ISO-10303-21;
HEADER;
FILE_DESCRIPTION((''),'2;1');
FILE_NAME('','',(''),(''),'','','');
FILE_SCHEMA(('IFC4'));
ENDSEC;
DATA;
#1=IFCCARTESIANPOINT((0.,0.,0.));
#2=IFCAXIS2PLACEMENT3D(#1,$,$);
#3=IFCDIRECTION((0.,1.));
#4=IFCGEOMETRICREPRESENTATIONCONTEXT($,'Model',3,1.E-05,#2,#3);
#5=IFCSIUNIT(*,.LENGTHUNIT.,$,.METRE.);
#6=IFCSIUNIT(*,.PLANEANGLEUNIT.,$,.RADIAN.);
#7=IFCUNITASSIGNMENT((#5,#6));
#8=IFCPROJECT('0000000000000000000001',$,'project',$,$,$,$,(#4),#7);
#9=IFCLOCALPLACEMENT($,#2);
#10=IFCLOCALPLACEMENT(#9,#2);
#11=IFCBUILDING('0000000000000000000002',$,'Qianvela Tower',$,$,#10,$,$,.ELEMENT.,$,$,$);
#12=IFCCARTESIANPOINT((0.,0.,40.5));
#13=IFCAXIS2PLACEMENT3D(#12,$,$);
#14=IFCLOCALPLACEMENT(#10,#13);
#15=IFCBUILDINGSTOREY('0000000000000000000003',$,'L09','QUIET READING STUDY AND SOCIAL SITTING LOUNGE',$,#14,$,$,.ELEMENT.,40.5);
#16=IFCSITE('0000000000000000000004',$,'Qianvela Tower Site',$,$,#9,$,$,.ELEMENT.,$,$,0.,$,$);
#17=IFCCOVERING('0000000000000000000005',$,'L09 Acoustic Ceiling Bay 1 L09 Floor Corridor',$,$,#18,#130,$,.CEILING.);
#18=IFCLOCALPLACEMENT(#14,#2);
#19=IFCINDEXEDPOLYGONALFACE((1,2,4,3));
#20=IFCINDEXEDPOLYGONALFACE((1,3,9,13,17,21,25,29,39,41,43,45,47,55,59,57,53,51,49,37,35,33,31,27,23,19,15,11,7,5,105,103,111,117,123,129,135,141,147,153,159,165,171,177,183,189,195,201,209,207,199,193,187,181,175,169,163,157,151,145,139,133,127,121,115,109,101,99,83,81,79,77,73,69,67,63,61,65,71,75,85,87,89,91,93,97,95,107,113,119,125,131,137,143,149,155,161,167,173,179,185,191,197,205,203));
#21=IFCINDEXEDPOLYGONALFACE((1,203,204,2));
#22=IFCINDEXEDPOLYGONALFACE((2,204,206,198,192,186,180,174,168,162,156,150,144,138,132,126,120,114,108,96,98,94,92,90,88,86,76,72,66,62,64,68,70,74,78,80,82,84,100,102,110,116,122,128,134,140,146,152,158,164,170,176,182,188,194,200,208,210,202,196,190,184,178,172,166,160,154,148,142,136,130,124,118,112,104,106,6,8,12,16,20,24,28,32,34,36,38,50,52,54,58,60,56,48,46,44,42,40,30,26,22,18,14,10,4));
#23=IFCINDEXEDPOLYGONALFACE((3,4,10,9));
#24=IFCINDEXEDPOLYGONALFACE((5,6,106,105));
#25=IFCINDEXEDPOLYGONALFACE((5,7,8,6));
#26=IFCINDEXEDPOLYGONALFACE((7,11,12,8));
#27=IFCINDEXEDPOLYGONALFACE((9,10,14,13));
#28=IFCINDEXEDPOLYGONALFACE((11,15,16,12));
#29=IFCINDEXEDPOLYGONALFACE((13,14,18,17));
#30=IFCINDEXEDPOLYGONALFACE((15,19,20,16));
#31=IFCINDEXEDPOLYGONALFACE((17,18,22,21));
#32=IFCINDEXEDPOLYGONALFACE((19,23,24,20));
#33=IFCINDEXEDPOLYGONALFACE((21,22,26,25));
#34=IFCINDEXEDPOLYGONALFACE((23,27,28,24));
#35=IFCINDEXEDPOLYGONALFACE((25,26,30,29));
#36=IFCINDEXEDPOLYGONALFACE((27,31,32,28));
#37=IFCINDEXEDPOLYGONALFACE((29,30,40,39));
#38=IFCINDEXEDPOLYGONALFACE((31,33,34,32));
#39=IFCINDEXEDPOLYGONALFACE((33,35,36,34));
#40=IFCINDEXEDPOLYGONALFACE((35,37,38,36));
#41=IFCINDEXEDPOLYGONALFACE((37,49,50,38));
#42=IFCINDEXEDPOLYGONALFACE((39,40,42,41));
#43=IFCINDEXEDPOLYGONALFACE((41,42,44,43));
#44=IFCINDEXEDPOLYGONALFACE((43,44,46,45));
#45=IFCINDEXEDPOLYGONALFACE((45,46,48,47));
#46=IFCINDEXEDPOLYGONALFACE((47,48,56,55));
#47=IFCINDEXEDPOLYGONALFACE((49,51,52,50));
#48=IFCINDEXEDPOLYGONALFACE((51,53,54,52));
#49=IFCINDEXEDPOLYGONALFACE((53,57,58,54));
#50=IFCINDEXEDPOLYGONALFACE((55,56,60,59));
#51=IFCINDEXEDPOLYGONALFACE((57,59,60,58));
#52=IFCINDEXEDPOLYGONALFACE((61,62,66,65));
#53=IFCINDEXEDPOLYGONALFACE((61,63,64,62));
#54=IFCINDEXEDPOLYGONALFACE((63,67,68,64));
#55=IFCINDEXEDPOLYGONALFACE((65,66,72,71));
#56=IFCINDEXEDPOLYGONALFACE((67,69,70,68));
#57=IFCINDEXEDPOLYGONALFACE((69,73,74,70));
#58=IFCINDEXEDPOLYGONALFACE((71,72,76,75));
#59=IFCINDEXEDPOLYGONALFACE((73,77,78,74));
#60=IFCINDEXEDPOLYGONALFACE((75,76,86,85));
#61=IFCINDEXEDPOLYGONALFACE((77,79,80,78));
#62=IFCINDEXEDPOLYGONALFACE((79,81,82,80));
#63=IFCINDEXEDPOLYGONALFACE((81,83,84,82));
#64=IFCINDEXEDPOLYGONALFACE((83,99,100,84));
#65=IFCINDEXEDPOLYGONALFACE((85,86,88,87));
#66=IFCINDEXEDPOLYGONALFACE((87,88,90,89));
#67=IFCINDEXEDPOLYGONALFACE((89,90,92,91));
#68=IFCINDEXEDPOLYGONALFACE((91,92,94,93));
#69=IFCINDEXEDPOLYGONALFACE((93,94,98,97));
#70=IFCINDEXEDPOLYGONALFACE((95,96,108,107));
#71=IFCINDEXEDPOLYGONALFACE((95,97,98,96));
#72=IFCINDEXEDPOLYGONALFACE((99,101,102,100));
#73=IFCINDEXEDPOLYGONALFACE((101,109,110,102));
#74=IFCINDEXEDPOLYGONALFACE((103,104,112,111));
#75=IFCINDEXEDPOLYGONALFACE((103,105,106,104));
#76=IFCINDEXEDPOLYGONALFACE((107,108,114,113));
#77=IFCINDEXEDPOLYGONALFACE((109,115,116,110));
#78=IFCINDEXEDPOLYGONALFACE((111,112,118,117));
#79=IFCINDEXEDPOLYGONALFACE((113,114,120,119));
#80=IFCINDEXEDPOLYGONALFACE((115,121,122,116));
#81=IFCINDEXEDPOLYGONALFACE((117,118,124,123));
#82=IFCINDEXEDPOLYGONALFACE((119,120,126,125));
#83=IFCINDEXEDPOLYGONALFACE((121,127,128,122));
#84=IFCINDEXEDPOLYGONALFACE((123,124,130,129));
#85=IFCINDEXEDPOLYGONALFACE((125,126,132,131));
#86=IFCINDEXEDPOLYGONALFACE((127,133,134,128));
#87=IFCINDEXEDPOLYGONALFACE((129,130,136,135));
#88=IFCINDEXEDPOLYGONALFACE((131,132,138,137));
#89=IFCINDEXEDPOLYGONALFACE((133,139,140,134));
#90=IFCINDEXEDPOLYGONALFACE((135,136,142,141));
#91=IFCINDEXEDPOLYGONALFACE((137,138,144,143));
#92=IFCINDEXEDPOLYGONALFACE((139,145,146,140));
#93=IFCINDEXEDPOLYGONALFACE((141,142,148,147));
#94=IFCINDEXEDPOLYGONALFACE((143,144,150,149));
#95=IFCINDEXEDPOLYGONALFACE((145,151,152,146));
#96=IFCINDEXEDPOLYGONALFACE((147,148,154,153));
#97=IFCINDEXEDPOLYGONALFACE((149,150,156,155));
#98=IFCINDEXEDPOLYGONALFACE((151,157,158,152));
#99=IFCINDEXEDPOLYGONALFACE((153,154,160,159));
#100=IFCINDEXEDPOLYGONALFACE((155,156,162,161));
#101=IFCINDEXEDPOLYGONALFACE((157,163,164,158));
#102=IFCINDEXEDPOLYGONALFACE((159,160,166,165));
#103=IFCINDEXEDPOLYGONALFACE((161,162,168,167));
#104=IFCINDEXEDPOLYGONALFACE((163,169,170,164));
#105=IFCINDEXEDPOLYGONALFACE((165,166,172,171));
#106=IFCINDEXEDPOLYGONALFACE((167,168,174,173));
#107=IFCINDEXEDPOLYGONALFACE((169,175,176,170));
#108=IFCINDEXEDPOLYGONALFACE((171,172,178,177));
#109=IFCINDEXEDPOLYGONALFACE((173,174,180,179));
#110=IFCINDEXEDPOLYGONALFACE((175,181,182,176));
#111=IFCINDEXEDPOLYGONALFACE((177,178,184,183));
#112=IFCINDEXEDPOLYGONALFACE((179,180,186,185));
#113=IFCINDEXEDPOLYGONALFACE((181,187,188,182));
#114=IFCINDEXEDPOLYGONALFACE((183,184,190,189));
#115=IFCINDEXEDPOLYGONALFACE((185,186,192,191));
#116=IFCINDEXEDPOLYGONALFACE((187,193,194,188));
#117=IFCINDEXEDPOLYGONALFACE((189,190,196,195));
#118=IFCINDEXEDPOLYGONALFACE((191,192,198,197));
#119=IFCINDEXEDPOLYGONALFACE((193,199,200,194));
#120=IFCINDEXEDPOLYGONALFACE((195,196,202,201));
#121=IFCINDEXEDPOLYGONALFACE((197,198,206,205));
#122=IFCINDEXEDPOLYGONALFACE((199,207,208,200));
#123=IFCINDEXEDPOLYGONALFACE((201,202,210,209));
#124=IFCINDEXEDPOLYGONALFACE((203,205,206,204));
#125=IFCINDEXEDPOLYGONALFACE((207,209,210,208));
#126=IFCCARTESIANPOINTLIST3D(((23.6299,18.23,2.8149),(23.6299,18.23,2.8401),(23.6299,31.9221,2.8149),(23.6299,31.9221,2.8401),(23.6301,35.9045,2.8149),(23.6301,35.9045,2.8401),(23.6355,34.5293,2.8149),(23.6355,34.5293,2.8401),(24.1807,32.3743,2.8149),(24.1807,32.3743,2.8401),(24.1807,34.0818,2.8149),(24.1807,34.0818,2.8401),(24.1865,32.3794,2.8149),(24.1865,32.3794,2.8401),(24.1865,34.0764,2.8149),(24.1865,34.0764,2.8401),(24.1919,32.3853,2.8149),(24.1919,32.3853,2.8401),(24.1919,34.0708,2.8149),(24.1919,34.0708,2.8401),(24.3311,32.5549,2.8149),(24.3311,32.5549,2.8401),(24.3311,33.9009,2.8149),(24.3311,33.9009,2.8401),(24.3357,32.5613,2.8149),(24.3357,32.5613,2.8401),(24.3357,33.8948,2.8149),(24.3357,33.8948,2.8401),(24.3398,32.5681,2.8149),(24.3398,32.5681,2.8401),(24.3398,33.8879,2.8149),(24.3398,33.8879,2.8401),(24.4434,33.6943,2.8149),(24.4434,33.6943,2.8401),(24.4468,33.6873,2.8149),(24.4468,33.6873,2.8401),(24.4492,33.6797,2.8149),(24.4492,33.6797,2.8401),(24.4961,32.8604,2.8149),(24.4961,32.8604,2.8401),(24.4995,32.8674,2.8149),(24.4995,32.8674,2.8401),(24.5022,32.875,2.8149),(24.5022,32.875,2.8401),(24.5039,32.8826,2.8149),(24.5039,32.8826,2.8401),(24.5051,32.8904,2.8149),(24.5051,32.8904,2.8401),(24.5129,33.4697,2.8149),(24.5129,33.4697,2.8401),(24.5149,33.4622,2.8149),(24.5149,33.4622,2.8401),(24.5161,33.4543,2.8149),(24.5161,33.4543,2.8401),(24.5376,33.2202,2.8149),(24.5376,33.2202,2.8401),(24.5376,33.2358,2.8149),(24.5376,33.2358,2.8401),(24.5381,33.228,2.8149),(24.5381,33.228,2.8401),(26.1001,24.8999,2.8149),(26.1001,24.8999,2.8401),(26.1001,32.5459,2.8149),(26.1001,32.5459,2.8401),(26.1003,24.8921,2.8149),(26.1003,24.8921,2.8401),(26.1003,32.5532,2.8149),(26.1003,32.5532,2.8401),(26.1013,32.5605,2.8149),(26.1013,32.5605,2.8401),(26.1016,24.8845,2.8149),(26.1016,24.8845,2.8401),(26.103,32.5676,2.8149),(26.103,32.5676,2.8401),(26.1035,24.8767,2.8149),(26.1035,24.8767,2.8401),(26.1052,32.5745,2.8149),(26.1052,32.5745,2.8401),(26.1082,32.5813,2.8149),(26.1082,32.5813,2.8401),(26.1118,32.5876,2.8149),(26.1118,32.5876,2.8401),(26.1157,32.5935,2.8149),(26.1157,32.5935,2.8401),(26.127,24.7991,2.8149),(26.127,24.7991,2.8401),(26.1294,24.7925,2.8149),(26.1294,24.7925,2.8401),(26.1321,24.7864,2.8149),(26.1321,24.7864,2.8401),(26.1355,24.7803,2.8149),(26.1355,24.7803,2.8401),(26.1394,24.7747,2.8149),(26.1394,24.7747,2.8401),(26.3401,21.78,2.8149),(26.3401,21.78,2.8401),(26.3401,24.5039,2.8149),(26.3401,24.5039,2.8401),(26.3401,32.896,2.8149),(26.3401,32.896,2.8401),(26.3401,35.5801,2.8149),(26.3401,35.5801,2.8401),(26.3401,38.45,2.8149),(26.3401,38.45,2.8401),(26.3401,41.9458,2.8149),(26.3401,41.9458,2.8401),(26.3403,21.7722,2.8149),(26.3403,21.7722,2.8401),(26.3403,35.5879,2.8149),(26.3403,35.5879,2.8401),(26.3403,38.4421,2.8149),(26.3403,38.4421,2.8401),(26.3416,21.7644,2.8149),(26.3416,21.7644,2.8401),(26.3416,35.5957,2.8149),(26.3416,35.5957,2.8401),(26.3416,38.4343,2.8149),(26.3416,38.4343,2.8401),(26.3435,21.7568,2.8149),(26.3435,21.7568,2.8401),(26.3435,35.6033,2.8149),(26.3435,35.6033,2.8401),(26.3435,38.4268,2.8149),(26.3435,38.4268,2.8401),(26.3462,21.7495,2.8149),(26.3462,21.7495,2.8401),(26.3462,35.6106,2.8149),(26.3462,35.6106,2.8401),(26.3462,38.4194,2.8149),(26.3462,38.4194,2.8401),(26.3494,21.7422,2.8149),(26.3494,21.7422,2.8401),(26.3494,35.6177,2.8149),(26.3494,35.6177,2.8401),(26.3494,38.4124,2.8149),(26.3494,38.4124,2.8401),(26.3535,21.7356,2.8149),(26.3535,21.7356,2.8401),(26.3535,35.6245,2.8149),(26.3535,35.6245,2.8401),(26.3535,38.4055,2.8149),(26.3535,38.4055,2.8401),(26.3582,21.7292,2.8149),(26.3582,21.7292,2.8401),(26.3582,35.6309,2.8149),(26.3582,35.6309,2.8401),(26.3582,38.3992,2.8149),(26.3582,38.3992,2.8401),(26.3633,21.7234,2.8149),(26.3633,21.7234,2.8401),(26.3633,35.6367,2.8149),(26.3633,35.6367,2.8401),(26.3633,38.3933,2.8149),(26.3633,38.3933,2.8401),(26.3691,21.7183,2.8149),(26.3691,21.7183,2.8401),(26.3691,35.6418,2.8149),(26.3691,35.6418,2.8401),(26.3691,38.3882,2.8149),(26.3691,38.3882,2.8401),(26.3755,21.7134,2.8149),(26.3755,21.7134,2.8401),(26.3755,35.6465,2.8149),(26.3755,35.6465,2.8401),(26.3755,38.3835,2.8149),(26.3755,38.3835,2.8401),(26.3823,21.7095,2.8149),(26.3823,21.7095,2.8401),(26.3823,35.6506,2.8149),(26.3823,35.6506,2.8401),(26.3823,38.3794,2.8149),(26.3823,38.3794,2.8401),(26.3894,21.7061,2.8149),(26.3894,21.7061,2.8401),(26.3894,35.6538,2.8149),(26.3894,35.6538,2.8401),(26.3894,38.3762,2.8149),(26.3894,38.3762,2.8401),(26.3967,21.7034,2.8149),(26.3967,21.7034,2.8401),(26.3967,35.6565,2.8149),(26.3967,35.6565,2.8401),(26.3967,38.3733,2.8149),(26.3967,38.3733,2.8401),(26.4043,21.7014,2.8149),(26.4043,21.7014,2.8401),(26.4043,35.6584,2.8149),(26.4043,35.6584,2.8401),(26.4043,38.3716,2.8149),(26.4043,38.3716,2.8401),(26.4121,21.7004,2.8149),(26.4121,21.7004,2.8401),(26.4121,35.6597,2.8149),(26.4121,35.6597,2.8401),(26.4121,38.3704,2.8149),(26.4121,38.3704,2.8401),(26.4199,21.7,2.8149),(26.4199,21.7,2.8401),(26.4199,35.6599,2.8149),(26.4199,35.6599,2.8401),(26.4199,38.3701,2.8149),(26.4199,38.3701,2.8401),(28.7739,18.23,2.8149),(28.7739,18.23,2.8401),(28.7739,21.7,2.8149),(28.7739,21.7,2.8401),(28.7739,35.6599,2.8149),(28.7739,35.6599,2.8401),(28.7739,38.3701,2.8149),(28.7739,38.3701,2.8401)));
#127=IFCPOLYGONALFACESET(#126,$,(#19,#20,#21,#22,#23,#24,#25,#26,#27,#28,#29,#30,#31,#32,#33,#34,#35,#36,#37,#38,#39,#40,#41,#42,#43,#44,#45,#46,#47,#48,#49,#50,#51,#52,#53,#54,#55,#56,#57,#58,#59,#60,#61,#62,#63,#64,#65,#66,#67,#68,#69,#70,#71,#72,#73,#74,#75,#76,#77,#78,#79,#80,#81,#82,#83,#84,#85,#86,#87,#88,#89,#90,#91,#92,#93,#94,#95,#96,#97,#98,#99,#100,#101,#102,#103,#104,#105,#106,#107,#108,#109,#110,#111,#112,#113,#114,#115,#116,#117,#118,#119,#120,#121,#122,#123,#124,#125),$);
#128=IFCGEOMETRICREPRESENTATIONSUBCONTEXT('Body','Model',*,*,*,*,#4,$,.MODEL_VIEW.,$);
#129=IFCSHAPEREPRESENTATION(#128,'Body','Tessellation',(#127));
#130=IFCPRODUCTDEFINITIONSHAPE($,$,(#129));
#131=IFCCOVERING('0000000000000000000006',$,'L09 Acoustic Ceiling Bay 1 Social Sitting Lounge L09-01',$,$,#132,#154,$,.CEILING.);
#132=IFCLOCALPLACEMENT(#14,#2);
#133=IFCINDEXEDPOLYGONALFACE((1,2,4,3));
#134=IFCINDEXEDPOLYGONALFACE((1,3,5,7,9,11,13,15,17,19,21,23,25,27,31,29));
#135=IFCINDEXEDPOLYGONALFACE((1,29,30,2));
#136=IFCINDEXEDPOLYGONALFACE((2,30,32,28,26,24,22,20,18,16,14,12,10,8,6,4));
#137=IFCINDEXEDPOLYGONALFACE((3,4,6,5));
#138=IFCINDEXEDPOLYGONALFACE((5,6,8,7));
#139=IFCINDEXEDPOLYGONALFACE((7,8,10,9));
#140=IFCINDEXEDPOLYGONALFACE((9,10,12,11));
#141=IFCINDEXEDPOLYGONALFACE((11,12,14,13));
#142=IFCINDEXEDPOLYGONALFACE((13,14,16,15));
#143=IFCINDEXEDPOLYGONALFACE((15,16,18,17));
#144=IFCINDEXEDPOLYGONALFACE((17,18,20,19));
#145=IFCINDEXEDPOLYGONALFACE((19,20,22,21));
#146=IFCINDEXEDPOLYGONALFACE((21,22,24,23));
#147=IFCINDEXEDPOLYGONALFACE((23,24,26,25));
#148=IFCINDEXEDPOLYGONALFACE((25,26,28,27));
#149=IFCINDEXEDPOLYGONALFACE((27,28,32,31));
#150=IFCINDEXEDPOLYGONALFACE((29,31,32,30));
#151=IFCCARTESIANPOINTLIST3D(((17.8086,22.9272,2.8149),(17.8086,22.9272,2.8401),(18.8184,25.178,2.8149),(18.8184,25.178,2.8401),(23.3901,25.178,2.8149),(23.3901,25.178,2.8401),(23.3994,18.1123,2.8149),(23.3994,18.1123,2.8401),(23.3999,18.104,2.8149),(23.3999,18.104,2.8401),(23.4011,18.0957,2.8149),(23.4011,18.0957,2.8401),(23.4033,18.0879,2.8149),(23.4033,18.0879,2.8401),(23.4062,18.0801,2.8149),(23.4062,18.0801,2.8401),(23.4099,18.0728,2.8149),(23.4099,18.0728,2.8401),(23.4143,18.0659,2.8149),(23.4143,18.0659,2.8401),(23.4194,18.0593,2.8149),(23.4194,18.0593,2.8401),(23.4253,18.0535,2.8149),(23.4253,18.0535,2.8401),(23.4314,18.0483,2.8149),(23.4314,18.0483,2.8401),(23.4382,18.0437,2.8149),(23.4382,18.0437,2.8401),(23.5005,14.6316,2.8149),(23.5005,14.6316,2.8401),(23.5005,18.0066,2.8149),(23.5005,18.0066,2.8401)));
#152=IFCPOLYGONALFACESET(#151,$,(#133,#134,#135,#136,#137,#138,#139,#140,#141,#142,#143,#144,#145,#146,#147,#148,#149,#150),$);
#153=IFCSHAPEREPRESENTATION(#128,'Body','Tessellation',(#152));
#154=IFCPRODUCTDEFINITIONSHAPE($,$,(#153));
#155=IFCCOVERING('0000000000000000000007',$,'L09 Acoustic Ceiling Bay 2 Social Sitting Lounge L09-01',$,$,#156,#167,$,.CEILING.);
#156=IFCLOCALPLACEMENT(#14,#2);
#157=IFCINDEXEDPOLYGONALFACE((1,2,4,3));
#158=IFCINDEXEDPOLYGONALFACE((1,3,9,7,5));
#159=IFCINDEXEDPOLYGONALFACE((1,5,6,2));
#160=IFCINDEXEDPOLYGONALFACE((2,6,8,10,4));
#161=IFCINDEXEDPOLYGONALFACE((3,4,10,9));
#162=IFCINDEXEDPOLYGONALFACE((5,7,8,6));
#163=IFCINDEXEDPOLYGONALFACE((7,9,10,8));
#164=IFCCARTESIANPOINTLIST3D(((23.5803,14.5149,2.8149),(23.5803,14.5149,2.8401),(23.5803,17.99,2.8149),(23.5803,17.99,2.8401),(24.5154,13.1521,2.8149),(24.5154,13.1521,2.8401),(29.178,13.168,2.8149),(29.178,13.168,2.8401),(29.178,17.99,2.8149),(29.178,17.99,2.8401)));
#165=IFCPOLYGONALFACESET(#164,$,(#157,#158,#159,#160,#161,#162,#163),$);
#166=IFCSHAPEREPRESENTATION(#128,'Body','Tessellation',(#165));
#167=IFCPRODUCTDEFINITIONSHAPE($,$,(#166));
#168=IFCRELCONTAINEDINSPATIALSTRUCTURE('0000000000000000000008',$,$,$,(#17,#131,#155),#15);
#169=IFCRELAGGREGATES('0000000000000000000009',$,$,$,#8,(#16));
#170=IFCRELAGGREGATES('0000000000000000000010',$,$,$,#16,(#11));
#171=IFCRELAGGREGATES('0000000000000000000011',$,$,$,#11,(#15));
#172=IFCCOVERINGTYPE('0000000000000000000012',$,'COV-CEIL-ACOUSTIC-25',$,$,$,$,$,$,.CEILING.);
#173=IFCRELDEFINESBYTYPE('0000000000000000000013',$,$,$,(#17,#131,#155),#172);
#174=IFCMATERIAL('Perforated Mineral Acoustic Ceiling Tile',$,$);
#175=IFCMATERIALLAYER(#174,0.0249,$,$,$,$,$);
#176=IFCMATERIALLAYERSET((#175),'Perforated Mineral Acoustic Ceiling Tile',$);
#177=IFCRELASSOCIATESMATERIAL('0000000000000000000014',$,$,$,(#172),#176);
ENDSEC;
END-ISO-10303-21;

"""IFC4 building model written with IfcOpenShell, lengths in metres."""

from ifc_helpers import new_model, si_unit, direction, frame, origin, place, context, subcontext, project, spatial, polyline, outline, extrude, material, layer, layer_set, type_object, element, save


model = new_model("IFC4")

# Units and contexts
model_context = context("Model", 3, precision=1e-05, world=origin(), true_north=direction((0.0, 1.0)))
body_context = subcontext(model_context, "Body", "Model", "MODEL_VIEW")
ifc_project = project(units=[si_unit("LENGTHUNIT", "METRE"), si_unit("PLANEANGLEUNIT", "RADIAN")], contexts=[model_context])

# Site, building, storey
site_placement = place(None, origin())
site = spatial("IfcSite", under=ifc_project, at=site_placement, Name="Qianvela Tower Site", CompositionType="ELEMENT", RefElevation=0.0)
building_placement = place(site_placement, origin())
building = spatial("IfcBuilding", under=site, at=building_placement, Name="Qianvela Tower", CompositionType="ELEMENT")
storey_placement = place(building_placement, frame((0.0, 0.0, 40.5)))
storey = spatial("IfcBuildingStorey", under=building, at=storey_placement, Name="L09", Description="QUIET READING STUDY AND SOCIAL SITTING LOUNGE", CompositionType="ELEMENT", Elevation=40.5)

# Coverings
ifc_material_1 = material(Name="Perforated Mineral Acoustic Ceiling Tile")
ifc_layer_1 = layer(ifc_material_1, 0.0249)
ifc_layer_set_1 = layer_set([ifc_layer_1], Name="Perforated Mineral Acoustic Ceiling Tile")
covering_type_1 = type_object("IfcCoveringType", Name="COV-CEIL-ACOUSTIC-25", PredefinedType="CEILING", material=ifc_layer_set_1)
covering_1_placement = place(storey_placement, frame((0.0, 0.0, 2.8149)))
element("IfcCovering", 1, at=covering_1_placement, inside=storey, type_object=covering_type_1, Name="L09 Acoustic Ceiling Bay 1 L09 Floor Corridor", PredefinedType="CEILING", context=body_context, shape_type="SweptSolid", body=[
    extrude(outline(polyline([(24.5149, 33.4622), (24.5129, 33.4697), (24.4492, 33.6797), (24.4468, 33.6873), (24.4434, 33.6943), (24.3398, 33.8879), (24.3357, 33.8948), (24.3311, 33.9009), (24.1919, 34.0708), (24.1865, 34.0764), (24.1807, 34.0818), (23.6355, 34.5293), (23.6301, 35.9045), (26.3401, 41.9458), (26.3401, 38.45), (26.3403, 38.4421), (26.3416, 38.4343), (26.3435, 38.4268), (26.3462, 38.4194), (26.3494, 38.4124), (26.3535, 38.4055), (26.3582, 38.3992), (26.3633, 38.3933), (26.3691, 38.3882), (26.3755, 38.3835), (26.3823, 38.3794), (26.3894, 38.3762), (26.3967, 38.3733), (26.4043, 38.3716), (26.4121, 38.3704), (26.4199, 38.3701), (28.7739, 38.3701), (28.7739, 35.6599), (26.4199, 35.6599), (26.4121, 35.6597), (26.4043, 35.6584), (26.3967, 35.6565), (26.3894, 35.6538), (26.3823, 35.6506), (26.3755, 35.6465), (26.3691, 35.6418), (26.3633, 35.6367), (26.3582, 35.6309), (26.3535, 35.6245), (26.3494, 35.6177), (26.3462, 35.6106), (26.3435, 35.6033), (26.3416, 35.5957), (26.3403, 35.5879), (26.3401, 35.5801), (26.3401, 32.896), (26.1157, 32.5935), (26.1118, 32.5876), (26.1082, 32.5813), (26.1052, 32.5745), (26.103, 32.5676), (26.1013, 32.5605), (26.1003, 32.5532), (26.1001, 32.5459), (26.1001, 24.8999), (26.1003, 24.8921), (26.1016, 24.8845), (26.1035, 24.8767), (26.127, 24.7991), (26.1294, 24.7925), (26.1321, 24.7864), (26.1355, 24.7803), (26.1394, 24.7747), (26.3401, 24.5039), (26.3401, 21.78), (26.3403, 21.7722), (26.3416, 21.7644), (26.3435, 21.7568), (26.3462, 21.7495), (26.3494, 21.7422), (26.3535, 21.7356), (26.3582, 21.7292), (26.3633, 21.7234), (26.3691, 21.7183), (26.3755, 21.7134), (26.3823, 21.7095), (26.3894, 21.7061), (26.3967, 21.7034), (26.4043, 21.7014), (26.4121, 21.7004), (26.4199, 21.7), (28.7739, 21.7), (28.7739, 18.23), (23.6299, 18.23), (23.6299, 31.9221), (24.1807, 32.3743), (24.1865, 32.3794), (24.1919, 32.3853), (24.3311, 32.5549), (24.3357, 32.5613), (24.3398, 32.5681), (24.4961, 32.8604), (24.4995, 32.8674), (24.5022, 32.875), (24.5039, 32.8826), (24.5051, 32.8904), (24.5376, 33.2202), (24.5381, 33.228), (24.5376, 33.2358), (24.5161, 33.4543), (24.5149, 33.4622)])), origin(), (0.0, 0.0, 1.0), 0.0251),
])
covering_2_placement = place(storey_placement, frame((0.0, 0.0, 2.8149)))
element("IfcCovering", 2, at=covering_2_placement, inside=storey, type_object=covering_type_1, Name="L09 Acoustic Ceiling Bay 1 Social Sitting Lounge L09-01", PredefinedType="CEILING", context=body_context, shape_type="SweptSolid", body=[
    extrude(outline(polyline([(23.3999, 18.104), (23.4011, 18.0957), (23.4033, 18.0879), (23.4062, 18.0801), (23.4099, 18.0728), (23.4143, 18.0659), (23.4194, 18.0593), (23.4253, 18.0535), (23.4314, 18.0483), (23.4382, 18.0437), (23.5005, 18.0066), (23.5005, 14.6316), (17.8086, 22.9272), (18.8184, 25.178), (23.3901, 25.178), (23.3994, 18.1123), (23.3999, 18.104)])), origin(), (0.0, 0.0, 1.0), 0.0251),
])
covering_3_placement = place(storey_placement, frame((0.0, 0.0, 2.8149)))
element("IfcCovering", 3, at=covering_3_placement, inside=storey, type_object=covering_type_1, Name="L09 Acoustic Ceiling Bay 2 Social Sitting Lounge L09-01", PredefinedType="CEILING", context=body_context, shape_type="SweptSolid", body=[
    extrude(outline(polyline([(29.178, 17.99), (29.178, 13.168), (24.5154, 13.1521), (23.5803, 14.5149), (23.5803, 17.99), (29.178, 17.99)])), origin(), (0.0, 0.0, 1.0), 0.0251),
])

save(model, "model.ifc")
